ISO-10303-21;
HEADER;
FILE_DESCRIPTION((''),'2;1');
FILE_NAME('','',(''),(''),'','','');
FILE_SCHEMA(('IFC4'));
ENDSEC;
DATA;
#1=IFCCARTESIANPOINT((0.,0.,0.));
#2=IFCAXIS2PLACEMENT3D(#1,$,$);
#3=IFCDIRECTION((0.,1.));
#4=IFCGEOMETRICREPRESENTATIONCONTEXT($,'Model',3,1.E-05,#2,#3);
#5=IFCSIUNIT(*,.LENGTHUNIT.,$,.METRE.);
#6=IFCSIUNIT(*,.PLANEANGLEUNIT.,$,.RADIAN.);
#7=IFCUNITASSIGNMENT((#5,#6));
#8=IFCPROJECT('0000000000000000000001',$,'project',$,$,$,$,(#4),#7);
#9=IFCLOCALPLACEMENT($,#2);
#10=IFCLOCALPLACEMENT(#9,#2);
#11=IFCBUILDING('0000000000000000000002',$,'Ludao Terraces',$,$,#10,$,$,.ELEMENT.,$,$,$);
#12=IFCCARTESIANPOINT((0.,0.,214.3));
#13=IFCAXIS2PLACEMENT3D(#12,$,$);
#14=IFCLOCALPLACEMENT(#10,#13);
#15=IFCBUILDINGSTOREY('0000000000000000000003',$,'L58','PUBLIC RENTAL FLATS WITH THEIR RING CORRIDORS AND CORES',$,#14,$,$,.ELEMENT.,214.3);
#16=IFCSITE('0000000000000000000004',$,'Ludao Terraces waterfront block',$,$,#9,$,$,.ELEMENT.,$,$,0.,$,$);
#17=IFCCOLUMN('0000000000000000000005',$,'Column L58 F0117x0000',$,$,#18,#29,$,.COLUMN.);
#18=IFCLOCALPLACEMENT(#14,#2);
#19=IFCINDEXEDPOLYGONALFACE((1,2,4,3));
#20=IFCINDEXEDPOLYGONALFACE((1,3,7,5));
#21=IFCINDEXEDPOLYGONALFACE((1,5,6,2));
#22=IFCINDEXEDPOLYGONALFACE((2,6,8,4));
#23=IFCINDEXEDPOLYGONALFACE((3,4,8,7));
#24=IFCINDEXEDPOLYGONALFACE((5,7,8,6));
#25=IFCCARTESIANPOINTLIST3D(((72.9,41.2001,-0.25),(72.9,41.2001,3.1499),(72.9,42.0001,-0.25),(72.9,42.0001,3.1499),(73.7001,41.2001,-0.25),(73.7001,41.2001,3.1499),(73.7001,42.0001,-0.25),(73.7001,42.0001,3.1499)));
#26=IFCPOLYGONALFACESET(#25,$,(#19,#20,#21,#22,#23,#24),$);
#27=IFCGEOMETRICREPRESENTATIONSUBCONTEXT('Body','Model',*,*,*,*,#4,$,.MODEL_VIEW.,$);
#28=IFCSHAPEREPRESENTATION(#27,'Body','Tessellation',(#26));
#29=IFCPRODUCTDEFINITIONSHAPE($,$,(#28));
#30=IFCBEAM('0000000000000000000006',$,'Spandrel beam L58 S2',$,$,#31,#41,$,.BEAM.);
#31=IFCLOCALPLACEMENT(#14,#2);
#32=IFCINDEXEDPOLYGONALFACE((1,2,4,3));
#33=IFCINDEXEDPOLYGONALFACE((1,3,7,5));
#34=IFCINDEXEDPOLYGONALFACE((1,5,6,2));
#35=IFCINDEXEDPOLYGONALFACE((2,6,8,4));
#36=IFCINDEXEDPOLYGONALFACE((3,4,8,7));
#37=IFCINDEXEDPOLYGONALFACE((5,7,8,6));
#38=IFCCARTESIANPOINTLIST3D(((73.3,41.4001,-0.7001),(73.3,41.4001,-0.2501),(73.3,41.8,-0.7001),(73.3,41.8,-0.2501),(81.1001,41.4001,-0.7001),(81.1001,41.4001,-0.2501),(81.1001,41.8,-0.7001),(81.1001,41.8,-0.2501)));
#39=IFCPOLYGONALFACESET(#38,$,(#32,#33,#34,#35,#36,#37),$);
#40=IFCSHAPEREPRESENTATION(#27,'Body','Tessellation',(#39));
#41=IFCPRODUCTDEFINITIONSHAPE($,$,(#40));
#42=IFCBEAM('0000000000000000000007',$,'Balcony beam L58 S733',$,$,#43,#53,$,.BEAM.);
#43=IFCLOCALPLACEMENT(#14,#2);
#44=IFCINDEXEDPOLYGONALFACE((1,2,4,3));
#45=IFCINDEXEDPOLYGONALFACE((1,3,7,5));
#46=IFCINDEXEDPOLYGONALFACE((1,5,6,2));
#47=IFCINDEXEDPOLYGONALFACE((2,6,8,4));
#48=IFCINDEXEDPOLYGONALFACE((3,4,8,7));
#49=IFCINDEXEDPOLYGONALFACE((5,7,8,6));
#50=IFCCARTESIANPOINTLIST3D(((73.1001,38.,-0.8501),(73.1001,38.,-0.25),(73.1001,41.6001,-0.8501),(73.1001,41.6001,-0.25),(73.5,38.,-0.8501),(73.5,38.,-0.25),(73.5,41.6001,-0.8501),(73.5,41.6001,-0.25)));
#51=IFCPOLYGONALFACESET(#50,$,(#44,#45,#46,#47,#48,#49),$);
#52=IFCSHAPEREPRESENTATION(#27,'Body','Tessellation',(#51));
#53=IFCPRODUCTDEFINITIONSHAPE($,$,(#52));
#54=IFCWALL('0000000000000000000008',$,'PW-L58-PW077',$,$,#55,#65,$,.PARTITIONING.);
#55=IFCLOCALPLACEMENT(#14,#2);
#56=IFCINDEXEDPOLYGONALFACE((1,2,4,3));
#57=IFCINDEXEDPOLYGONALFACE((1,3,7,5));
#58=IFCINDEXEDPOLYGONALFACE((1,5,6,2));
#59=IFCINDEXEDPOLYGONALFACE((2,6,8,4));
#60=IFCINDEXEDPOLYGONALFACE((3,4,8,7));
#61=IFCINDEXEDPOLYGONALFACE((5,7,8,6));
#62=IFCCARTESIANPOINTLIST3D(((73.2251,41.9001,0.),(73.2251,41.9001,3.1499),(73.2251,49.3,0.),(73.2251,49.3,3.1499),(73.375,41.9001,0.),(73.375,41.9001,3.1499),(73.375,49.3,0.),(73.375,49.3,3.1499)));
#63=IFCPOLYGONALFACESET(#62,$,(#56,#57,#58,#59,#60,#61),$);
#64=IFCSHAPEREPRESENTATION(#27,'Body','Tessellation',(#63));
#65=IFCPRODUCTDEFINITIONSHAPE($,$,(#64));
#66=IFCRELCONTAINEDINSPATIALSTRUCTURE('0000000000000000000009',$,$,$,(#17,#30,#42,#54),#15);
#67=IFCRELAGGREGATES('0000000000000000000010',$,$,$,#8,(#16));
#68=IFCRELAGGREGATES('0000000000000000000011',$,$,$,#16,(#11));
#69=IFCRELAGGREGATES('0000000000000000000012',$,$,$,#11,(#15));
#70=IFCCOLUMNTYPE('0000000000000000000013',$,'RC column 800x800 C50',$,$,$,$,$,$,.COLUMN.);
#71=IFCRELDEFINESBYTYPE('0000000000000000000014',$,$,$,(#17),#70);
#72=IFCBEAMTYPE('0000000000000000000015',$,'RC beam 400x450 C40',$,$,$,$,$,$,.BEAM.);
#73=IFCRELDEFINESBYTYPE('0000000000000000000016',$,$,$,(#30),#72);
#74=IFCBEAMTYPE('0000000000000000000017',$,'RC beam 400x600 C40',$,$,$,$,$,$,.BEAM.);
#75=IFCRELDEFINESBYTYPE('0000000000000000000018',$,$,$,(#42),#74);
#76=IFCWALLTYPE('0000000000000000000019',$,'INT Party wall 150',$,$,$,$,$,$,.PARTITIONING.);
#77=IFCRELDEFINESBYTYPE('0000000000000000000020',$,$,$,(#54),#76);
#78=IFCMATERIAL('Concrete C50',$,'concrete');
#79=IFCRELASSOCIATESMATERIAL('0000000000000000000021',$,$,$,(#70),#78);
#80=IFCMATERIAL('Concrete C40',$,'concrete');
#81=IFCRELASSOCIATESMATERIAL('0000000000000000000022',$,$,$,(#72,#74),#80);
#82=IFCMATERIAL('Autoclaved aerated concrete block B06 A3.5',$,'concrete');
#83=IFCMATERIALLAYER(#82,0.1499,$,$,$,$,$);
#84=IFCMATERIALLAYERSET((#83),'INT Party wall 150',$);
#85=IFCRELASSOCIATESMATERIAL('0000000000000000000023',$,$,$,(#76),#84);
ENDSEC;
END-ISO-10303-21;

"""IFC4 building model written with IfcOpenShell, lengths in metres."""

from ifc_helpers import new_model, si_unit, direction, frame, frame_2d, origin, origin_2d, place, context, subcontext, project, spatial, rectangle, extrude, material, layer, layer_set, material_profile, profile_set, type_object, element, save


model = new_model("IFC4")

# Units and contexts
model_context = context("Model", 3, precision=1e-05, world=origin(), true_north=direction((0.0, 1.0)))
body_context = subcontext(model_context, "Body", "Model", "MODEL_VIEW")
ifc_project = project(units=[si_unit("LENGTHUNIT", "METRE"), si_unit("PLANEANGLEUNIT", "RADIAN")], contexts=[model_context])

# Site, building, storey
site_placement = place(None, origin())
site = spatial("IfcSite", under=ifc_project, at=site_placement, Name="Ludao Terraces waterfront block", CompositionType="ELEMENT", RefElevation=0.0)
building_placement = place(site_placement, origin())
building = spatial("IfcBuilding", under=site, at=building_placement, Name="Ludao Terraces", CompositionType="ELEMENT")
storey_placement = place(building_placement, frame((0.0, 0.0, 214.3)))
storey = spatial("IfcBuildingStorey", under=building, at=storey_placement, Name="L58", Description="PUBLIC RENTAL FLATS WITH THEIR RING CORRIDORS AND CORES", CompositionType="ELEMENT", Elevation=214.3)

# Column
ifc_material_1 = material(Name="Concrete C50", Category="concrete")
ifc_material_profile_1 = material_profile(ifc_material_1, rectangle(XDim=0.8, YDim=0.8, at=origin_2d()), Name="800 X 800")
ifc_profile_set_1 = profile_set([ifc_material_profile_1], Name="Concrete C50")
column_type = type_object("IfcColumnType", Name="RC column 800x800 C50", PredefinedType="COLUMN", material=ifc_profile_set_1)
column_placement = place(storey_placement, frame((73.3, 41.6001, -0.25), z_axis=(0.0, 0.0, 1.0), x_axis=(1.0, 0.0, 0.0)))
element("IfcColumn", 1, at=column_placement, inside=storey, type_object=column_type, Name="Column L58 F0117x0000", PredefinedType="COLUMN", context=body_context, shape_type="SweptSolid", body=[
    extrude(rectangle(XDim=0.8, YDim=0.8, at=origin_2d()), origin(), (0.0, 0.0, 1.0), 3.3999),
])

# Beams
ifc_material_2 = material(Name="Concrete C40", Category="concrete")
ifc_material_profile_2 = material_profile(ifc_material_2, rectangle(XDim=0.3999, YDim=0.45, at=origin_2d()), Name="400 X 450")
ifc_profile_set_2 = profile_set([ifc_material_profile_2], Name="Concrete C40")
beam_type_1 = type_object("IfcBeamType", Name="RC beam 400x450 C40", PredefinedType="BEAM", material=ifc_profile_set_2)
beam_1_placement = place(storey_placement, frame((73.3, 41.6001, -0.4751), z_axis=(1.0, 0.0, 0.0), x_axis=(0.0, 1.0, 0.0)))
element("IfcBeam", 2, at=beam_1_placement, inside=storey, type_object=beam_type_1, Name="Spandrel beam L58 S2", PredefinedType="BEAM", context=body_context, shape_type="SweptSolid", body=[
    extrude(rectangle(XDim=0.3999, YDim=0.45, at=origin_2d()), origin(), (0.0, 0.0, 1.0), 7.8),
])
ifc_material_profile_3 = material_profile(ifc_material_2, rectangle(XDim=0.3999, YDim=0.6001, at=origin_2d()), Name="400 X 600")
ifc_profile_set_3 = profile_set([ifc_material_profile_3], Name="Concrete C40")
beam_type_2 = type_object("IfcBeamType", Name="RC beam 400x600 C40", PredefinedType="BEAM", material=ifc_profile_set_3)
beam_2_placement = place(storey_placement, frame((73.3, 41.6001, -0.55), z_axis=(0.0, -1.0, 0.0), x_axis=(1.0, 0.0, 0.0)))
element("IfcBeam", 3, at=beam_2_placement, inside=storey, type_object=beam_type_2, Name="Balcony beam L58 S733", PredefinedType="BEAM", context=body_context, shape_type="SweptSolid", body=[
    extrude(rectangle(XDim=0.3999, YDim=0.6001, at=origin_2d()), origin(), (0.0, 0.0, 1.0), 3.6001),
])

# Wall
ifc_material_3 = material(Name="Autoclaved aerated concrete block B06 A3.5", Category="concrete")
ifc_layer = layer(ifc_material_3, 0.1499)
ifc_layer_set = layer_set([ifc_layer], Name="INT Party wall 150")
wall_type = type_object("IfcWallType", Name="INT Party wall 150", PredefinedType="PARTITIONING", material=ifc_layer_set)
wall_placement = place(storey_placement, frame((73.3, 41.9001, 0.0), z_axis=(0.0, 0.0, 1.0), x_axis=(0.0, 1.0, 0.0)))
element("IfcWall", 4, at=wall_placement, inside=storey, type_object=wall_type, Name="PW-L58-PW077", PredefinedType="PARTITIONING", context=body_context, shape_type="SweptSolid", body=[
    extrude(rectangle(XDim=7.3999, YDim=0.1499, at=frame_2d((3.7, 0.0))), origin(), (0.0, 0.0, 1.0), 3.1499),
])

save(model, "model.ifc")
